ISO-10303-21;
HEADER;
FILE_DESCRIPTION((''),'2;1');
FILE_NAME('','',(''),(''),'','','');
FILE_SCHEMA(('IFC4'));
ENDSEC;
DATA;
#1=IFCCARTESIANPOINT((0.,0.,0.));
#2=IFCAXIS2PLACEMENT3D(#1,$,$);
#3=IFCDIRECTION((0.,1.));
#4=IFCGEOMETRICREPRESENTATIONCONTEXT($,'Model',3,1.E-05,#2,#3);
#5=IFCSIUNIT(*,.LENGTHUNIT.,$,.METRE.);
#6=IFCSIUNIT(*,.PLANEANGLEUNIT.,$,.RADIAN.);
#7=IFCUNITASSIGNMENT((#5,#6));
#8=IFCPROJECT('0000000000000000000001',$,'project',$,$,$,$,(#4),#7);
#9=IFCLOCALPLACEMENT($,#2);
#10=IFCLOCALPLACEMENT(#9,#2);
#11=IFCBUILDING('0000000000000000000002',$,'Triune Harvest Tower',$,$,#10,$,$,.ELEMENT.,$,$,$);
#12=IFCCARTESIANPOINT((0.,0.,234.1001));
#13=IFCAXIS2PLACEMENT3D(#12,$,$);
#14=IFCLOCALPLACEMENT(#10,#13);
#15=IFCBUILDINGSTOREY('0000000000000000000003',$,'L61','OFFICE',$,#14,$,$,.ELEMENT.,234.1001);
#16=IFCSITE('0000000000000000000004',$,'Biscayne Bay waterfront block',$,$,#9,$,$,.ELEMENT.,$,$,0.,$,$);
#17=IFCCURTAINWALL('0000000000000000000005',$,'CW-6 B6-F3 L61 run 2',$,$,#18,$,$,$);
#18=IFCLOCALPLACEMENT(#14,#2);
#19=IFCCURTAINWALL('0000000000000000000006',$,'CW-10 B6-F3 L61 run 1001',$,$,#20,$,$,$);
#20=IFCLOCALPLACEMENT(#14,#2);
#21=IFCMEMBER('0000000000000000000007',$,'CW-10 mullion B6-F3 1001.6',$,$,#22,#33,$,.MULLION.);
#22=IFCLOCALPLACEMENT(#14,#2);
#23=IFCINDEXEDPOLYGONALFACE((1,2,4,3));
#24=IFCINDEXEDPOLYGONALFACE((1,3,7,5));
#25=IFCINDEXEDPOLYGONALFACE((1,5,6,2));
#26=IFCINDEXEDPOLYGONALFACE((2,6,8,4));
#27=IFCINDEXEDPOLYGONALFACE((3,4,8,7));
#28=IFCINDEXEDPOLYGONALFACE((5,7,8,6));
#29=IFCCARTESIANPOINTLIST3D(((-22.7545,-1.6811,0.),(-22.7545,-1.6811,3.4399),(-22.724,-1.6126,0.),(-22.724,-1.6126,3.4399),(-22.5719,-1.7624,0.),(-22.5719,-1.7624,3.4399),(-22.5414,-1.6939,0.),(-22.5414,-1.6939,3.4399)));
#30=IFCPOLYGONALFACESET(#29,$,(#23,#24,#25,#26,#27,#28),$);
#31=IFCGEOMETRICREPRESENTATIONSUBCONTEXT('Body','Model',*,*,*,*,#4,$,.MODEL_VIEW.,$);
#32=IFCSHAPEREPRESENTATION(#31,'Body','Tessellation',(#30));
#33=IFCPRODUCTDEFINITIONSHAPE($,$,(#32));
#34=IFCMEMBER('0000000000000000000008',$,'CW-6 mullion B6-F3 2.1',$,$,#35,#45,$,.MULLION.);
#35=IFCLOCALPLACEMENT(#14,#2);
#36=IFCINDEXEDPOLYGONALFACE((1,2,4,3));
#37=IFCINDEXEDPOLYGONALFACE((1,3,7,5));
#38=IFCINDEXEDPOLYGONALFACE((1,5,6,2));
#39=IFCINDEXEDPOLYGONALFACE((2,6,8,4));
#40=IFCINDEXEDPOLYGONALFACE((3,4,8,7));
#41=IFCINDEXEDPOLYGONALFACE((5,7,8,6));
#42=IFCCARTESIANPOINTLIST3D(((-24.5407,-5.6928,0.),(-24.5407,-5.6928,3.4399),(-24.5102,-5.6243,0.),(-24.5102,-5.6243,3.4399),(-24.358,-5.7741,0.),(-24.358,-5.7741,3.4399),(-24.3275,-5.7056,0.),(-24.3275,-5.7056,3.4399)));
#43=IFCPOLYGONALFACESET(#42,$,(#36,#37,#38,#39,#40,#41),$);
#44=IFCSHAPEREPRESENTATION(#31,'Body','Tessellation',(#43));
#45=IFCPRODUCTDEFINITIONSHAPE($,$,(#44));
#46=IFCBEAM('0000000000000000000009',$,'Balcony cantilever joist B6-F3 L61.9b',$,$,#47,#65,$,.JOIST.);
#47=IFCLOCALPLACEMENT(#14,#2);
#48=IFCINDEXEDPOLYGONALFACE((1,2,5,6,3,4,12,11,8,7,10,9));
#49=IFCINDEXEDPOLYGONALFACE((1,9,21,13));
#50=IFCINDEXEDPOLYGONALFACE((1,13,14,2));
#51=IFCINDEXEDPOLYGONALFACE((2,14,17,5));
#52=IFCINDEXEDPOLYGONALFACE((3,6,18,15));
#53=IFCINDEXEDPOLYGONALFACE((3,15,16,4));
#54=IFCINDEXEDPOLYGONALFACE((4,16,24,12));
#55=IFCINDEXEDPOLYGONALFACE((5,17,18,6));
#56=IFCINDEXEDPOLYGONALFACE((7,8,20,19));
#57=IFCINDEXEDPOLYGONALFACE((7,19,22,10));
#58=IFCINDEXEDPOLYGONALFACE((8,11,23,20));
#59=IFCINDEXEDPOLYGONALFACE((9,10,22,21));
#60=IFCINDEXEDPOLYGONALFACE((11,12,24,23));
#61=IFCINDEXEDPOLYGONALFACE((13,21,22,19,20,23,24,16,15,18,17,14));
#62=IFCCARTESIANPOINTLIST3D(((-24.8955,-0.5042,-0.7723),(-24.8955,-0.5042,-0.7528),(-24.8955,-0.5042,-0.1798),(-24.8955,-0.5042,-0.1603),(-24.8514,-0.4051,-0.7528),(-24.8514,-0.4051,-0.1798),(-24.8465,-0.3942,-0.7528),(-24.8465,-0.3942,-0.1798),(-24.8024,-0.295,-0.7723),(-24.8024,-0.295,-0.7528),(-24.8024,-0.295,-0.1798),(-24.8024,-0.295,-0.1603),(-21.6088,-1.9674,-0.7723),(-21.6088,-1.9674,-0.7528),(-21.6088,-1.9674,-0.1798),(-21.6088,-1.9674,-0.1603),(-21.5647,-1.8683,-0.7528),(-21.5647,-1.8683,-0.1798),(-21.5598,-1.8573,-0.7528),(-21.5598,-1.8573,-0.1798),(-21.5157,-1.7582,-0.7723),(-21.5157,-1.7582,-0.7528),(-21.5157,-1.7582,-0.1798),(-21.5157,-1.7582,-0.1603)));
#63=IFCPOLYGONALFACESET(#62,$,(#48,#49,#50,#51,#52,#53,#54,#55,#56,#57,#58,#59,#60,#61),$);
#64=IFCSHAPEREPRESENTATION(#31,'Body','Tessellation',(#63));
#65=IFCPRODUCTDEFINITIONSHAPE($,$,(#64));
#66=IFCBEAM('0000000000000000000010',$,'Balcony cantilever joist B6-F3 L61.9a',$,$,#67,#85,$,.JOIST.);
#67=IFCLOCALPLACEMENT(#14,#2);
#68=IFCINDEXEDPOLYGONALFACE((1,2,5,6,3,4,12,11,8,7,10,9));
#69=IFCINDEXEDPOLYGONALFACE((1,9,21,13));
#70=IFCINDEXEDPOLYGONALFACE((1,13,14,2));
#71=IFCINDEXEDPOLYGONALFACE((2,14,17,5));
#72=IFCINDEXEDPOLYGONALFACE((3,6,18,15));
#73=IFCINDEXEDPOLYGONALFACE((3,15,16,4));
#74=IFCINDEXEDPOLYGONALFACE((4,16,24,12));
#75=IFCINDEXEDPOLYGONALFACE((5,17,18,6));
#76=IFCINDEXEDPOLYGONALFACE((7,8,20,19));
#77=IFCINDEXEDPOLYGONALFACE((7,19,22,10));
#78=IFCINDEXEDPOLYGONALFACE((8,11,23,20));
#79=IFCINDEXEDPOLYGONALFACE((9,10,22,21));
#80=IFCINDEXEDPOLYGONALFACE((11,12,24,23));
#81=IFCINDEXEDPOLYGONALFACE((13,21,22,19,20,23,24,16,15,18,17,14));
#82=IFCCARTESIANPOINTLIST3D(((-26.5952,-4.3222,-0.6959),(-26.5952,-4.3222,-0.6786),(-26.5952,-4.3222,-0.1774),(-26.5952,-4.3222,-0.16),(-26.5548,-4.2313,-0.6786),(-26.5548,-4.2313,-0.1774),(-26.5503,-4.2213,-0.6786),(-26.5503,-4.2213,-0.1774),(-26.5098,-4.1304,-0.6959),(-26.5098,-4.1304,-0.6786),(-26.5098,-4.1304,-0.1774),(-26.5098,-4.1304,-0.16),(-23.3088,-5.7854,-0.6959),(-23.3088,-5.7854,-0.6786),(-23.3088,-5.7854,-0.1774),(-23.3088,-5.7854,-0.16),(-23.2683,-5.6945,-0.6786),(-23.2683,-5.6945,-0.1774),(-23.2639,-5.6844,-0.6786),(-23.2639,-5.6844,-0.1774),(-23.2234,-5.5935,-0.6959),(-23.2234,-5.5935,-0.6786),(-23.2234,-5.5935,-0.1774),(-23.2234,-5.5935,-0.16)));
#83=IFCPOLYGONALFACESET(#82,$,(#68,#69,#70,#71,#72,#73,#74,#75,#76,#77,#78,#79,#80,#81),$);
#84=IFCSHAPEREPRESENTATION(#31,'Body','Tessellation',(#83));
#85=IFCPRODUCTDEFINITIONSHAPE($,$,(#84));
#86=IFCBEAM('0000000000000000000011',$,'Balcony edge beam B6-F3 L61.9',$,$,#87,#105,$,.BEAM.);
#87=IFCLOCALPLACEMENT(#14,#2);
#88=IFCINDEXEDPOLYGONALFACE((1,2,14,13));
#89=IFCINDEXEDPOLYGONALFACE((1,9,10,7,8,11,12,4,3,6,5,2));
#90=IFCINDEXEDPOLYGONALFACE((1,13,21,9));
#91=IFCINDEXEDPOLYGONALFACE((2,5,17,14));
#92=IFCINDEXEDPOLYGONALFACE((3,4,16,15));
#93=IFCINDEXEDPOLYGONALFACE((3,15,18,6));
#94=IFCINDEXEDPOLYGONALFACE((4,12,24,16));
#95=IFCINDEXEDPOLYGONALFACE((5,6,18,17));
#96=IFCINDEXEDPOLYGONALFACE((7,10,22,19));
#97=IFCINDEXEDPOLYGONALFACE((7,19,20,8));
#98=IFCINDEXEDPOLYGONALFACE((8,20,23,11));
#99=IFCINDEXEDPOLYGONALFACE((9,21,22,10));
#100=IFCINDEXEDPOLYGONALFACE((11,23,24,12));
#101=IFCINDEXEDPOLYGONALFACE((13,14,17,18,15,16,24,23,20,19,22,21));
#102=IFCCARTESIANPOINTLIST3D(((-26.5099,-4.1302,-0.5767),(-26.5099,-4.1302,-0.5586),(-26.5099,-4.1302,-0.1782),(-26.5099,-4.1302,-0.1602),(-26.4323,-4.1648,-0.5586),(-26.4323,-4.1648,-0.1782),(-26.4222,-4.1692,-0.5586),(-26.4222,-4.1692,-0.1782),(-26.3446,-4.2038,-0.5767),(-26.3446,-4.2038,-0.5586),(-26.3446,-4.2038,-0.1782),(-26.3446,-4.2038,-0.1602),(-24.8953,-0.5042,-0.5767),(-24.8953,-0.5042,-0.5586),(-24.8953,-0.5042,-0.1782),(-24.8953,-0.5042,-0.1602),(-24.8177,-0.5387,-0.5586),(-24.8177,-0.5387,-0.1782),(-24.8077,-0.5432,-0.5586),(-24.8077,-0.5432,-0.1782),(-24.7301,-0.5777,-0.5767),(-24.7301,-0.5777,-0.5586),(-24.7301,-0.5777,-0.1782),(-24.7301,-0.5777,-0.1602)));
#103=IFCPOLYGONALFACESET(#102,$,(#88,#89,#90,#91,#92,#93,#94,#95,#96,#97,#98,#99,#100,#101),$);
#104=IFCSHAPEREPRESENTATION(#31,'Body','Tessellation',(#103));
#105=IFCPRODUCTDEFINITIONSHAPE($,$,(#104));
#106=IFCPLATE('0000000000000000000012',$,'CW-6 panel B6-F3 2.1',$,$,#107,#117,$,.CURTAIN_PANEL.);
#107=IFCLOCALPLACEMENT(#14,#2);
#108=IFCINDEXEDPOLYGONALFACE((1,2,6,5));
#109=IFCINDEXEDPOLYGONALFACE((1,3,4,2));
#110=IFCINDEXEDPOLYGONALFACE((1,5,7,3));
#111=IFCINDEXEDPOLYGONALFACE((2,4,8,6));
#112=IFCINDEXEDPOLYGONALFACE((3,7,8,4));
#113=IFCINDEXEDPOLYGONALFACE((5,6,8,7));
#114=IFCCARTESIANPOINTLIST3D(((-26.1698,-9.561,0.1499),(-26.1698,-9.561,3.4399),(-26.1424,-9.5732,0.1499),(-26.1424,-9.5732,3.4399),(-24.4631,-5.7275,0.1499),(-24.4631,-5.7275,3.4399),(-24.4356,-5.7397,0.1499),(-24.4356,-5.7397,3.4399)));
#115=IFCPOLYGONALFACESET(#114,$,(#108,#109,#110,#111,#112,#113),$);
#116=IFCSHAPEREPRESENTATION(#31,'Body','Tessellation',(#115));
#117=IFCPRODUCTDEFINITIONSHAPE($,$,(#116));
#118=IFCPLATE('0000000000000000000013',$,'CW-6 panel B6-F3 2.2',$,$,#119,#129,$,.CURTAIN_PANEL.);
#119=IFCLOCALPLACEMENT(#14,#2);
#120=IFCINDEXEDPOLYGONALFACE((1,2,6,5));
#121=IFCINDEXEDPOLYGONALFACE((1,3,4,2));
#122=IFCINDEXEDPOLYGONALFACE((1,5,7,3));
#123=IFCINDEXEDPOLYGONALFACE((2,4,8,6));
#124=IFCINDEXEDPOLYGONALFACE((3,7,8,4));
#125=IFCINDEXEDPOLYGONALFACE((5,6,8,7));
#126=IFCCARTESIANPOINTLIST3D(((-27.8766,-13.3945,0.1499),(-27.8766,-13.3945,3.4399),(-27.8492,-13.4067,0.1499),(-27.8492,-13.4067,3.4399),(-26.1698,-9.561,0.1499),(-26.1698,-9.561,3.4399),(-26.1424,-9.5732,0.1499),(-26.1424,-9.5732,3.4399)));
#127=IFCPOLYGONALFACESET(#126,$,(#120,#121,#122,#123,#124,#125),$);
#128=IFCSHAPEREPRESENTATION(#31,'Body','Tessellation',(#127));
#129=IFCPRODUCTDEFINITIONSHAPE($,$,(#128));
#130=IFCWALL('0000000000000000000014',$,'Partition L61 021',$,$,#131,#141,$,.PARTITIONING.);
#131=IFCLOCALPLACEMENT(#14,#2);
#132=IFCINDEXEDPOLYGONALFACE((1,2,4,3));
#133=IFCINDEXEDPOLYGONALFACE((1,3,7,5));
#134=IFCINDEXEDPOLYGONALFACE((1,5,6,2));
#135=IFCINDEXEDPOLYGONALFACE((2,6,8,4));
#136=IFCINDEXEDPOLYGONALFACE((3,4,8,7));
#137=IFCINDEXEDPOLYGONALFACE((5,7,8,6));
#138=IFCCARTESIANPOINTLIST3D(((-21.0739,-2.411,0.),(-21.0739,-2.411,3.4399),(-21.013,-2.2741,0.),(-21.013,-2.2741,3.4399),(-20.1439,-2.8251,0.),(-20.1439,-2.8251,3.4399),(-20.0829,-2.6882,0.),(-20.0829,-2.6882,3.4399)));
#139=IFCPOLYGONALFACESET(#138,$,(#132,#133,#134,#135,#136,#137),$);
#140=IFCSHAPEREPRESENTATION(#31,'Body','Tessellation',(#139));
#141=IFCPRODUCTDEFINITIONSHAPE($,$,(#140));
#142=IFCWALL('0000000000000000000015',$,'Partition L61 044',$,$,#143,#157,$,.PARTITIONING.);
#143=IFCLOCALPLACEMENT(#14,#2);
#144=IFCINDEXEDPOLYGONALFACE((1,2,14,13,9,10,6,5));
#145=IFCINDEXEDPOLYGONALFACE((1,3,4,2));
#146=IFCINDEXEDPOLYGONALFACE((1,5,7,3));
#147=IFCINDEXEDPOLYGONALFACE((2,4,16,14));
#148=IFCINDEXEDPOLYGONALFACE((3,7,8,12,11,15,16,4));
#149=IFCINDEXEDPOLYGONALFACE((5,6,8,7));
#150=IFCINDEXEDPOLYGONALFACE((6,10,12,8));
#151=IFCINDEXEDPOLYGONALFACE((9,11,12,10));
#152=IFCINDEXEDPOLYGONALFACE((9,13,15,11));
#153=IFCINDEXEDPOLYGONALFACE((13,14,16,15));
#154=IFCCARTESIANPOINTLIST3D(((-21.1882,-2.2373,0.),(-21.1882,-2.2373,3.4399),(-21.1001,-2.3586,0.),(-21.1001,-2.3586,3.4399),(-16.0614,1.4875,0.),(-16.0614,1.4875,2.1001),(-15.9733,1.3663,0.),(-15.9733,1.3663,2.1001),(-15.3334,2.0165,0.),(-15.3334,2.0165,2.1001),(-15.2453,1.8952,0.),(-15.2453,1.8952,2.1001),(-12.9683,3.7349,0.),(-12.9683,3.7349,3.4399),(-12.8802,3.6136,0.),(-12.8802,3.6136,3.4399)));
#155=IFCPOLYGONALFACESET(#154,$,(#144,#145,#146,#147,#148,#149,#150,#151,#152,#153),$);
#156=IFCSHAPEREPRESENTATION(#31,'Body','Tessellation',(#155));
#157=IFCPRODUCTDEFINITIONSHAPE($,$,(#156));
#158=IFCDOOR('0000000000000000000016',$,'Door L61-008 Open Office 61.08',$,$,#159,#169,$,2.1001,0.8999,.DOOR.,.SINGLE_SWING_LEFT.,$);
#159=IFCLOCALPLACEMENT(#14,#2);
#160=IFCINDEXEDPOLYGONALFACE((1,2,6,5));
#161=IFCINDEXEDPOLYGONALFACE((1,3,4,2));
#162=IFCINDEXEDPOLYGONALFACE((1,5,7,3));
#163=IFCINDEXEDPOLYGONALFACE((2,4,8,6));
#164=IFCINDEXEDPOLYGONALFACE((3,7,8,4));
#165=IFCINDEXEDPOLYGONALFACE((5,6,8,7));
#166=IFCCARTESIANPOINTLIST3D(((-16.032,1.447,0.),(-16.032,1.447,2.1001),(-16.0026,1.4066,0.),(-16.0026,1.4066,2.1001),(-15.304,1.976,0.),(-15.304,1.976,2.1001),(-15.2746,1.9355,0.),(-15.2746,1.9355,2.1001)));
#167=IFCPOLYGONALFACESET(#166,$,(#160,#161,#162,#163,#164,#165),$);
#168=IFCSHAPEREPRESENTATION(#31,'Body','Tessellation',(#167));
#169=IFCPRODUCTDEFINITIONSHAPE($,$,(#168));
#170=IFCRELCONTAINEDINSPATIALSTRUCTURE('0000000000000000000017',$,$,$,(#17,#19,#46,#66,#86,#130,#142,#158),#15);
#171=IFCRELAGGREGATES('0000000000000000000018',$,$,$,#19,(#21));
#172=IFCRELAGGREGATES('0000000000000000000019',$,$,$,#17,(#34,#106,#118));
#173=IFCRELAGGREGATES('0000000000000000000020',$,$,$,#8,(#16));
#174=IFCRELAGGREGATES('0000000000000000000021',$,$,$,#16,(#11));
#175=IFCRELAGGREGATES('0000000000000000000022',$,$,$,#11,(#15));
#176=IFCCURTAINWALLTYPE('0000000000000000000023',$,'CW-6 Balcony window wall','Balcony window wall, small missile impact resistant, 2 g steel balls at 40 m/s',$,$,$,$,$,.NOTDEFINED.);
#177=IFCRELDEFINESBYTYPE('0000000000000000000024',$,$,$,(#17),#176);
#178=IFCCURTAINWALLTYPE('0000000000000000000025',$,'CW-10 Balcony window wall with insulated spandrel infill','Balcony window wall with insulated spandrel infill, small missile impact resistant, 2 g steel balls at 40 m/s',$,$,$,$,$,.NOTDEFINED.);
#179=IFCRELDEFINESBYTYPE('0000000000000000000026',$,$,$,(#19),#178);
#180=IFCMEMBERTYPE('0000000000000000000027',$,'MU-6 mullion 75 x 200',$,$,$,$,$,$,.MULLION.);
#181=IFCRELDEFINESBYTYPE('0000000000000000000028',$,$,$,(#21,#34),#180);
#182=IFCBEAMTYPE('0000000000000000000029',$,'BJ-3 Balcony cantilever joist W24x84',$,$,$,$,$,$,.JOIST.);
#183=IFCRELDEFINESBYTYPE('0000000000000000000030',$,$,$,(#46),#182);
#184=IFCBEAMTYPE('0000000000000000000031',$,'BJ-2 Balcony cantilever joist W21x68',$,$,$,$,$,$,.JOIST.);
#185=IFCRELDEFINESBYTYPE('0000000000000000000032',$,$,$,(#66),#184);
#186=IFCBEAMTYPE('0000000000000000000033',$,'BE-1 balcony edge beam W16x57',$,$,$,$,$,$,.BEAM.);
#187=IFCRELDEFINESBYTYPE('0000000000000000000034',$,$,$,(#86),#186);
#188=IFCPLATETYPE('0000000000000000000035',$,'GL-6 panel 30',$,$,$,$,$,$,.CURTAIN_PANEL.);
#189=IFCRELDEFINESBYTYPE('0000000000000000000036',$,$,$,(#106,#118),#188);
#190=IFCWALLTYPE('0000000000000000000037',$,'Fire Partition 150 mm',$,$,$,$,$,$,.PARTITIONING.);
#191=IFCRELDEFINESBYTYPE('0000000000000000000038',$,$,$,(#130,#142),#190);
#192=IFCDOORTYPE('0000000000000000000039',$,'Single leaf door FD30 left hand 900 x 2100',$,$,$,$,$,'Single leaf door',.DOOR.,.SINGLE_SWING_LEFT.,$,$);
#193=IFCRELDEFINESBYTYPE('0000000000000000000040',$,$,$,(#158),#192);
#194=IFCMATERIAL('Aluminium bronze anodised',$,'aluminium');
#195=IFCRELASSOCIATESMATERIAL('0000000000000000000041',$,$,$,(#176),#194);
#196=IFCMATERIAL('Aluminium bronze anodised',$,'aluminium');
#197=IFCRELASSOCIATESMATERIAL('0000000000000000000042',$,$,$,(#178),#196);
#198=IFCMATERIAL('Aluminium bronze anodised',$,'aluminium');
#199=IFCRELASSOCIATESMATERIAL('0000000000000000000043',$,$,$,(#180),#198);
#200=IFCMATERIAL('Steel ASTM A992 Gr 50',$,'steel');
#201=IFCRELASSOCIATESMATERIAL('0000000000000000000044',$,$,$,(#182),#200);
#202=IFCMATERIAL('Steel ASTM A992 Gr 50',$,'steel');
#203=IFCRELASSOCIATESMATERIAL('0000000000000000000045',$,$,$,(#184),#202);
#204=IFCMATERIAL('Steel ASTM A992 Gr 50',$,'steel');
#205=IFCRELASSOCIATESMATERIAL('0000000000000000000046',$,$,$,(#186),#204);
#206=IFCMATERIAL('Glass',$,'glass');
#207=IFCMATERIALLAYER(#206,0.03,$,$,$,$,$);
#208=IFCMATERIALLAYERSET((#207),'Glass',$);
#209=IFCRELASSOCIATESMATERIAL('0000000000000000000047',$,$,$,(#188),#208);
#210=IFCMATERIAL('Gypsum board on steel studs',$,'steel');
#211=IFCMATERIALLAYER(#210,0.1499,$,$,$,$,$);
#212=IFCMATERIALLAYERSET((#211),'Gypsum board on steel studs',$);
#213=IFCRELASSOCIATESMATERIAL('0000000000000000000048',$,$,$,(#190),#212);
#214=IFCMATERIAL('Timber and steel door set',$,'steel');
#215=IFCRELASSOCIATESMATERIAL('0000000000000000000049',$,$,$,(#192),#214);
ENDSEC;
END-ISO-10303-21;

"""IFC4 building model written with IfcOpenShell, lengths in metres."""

from ifc_helpers import new_model, si_unit, direction, frame, frame_2d, origin, origin_2d, place, context, subcontext, project, spatial, rectangle, i_section, extrude, source, transform, mapped, material, layer, layer_set, material_profile, profile_set, type_object, element, fill, aggregate, save


model = new_model("IFC4")

# Units and contexts
model_context = context("Model", 3, precision=1e-05, world=origin(), true_north=direction((0.0, 1.0)))
body_context = subcontext(model_context, "Body", "Model", "MODEL_VIEW")
ifc_project = project(units=[si_unit("LENGTHUNIT", "METRE"), si_unit("PLANEANGLEUNIT", "RADIAN")], contexts=[model_context])

# Site, building, storey
site_placement = place(None, origin())
site = spatial("IfcSite", under=ifc_project, at=site_placement, Name="Biscayne Bay waterfront block", CompositionType="ELEMENT", RefElevation=0.0)
building_placement = place(site_placement, origin())
building = spatial("IfcBuilding", under=site, at=building_placement, Name="Triune Harvest Tower", CompositionType="ELEMENT")
storey_placement = place(building_placement, frame((0.0, 0.0, 234.1001)))
storey = spatial("IfcBuildingStorey", under=building, at=storey_placement, Name="L61", Description="OFFICE", CompositionType="ELEMENT", Elevation=234.1001)

# Curtain wall
ifc_material_1 = material(Name="Aluminium bronze anodised", Category="aluminium")
curtain_wall_type_1 = type_object("IfcCurtainWallType", Name="CW-6 Balcony window wall", Description="Balcony window wall, small missile impact resistant, 2 g steel balls at 40 m/s", PredefinedType="NOTDEFINED", material=ifc_material_1)
curtain_wall_1_placement = place(storey_placement, origin())
curtain_wall_1 = element("IfcCurtainWall", 1, at=curtain_wall_1_placement, inside=storey, type_object=curtain_wall_type_1, Name="CW-6 B6-F3 L61 run 2")

# Curtain wall, member
ifc_material_2 = material(Name="Aluminium bronze anodised", Category="aluminium")
curtain_wall_type_2 = type_object("IfcCurtainWallType", Name="CW-10 Balcony window wall with insulated spandrel infill", Description="Balcony window wall with insulated spandrel infill, small missile impact resistant, 2 g steel balls at 40 m/s", PredefinedType="NOTDEFINED", material=ifc_material_2)
curtain_wall_2_placement = place(storey_placement, origin())
curtain_wall_2 = element("IfcCurtainWall", 2, at=curtain_wall_2_placement, inside=storey, type_object=curtain_wall_type_2, Name="CW-10 B6-F3 L61 run 1001")
ifc_material_3 = material(Name="Aluminium bronze anodised", Category="aluminium")
ifc_material_profile_1 = material_profile(ifc_material_3, rectangle(XDim=0.2, YDim=0.075, at=origin_2d()), Name="MU-6 mullion 75 x 200")
ifc_profile_set_1 = profile_set([ifc_material_profile_1], Name="Aluminium bronze anodised")
member_type_1 = type_object("IfcMemberType", Name="MU-6 mullion 75 x 200", PredefinedType="MULLION", material=ifc_profile_set_1)
shared_shape_1 = source(origin(), body_context, "Body", "SweptSolid", [
    extrude(rectangle(XDim=0.2, YDim=0.075, at=origin_2d()), origin(), (0.0, 0.0, 1.0), 3.4399),
])
member_1_placement = place(storey_placement, frame((-22.6479, -1.6875, 0.0), z_axis=(0.0, 0.0, 1.0), x_axis=(0.913545, -0.406737, 0.0)))
member_1 = element("IfcMember", 3, at=member_1_placement, type_object=member_type_1, Name="CW-10 mullion B6-F3 1001.6", PredefinedType="MULLION", context=body_context, shape_type="MappedRepresentation", body=[
    mapped(shared_shape_1, transform((0.0, 0.0, 0.0), scale=1.0)),
])
aggregate(curtain_wall_2, [member_1])

# Member
member_2_placement = place(storey_placement, frame((-24.4341, -5.6992, 0.0), z_axis=(0.0, 0.0, 1.0), x_axis=(0.913545, -0.406738, 0.0)))
member_2 = element("IfcMember", 4, at=member_2_placement, type_object=member_type_1, Name="CW-6 mullion B6-F3 2.1", PredefinedType="MULLION", context=body_context, shape_type="MappedRepresentation", body=[
    mapped(shared_shape_1, transform((0.0, 0.0, 0.0), scale=1.0)),
])

# Beams
ifc_material_4 = material(Name="Steel ASTM A992 Gr 50", Category="steel")
ifc_material_profile_2 = material_profile(ifc_material_4, i_section(OverallWidth=0.229, OverallDepth=0.6121, WebThickness=0.012, FlangeThickness=0.0195, at=origin_2d()), Name="W24x84")
ifc_profile_set_2 = profile_set([ifc_material_profile_2], Name="Steel ASTM A992 Gr 50")
beam_type_1 = type_object("IfcBeamType", Name="BJ-3 Balcony cantilever joist W24x84", PredefinedType="JOIST", material=ifc_profile_set_2)
shared_shape_2 = source(origin(), body_context, "Body", "SweptSolid", [
    extrude(i_section(OverallWidth=0.229, OverallDepth=0.6121, WebThickness=0.012, FlangeThickness=0.0195, at=origin_2d()), origin(), (0.0, 0.0, 1.0), 3.5977),
])
beam_1_placement = place(storey_placement, frame((-21.5623, -1.8628, -0.4663), z_axis=(-0.913562, 0.406699, 0.0), x_axis=(-0.406699, -0.913562, 0.0)))
element("IfcBeam", 5, at=beam_1_placement, inside=storey, type_object=beam_type_1, Name="Balcony cantilever joist B6-F3 L61.9b", PredefinedType="JOIST", context=body_context, shape_type="MappedRepresentation", body=[
    mapped(shared_shape_2, transform((0.0, 0.0, 0.0), scale=1.0)),
])
ifc_material_5 = material(Name="Steel ASTM A992 Gr 50", Category="steel")
ifc_material_profile_3 = material_profile(ifc_material_5, i_section(OverallWidth=0.21, OverallDepth=0.5359, WebThickness=0.011, FlangeThickness=0.0173, at=origin_2d()), Name="W21x68")
ifc_profile_set_3 = profile_set([ifc_material_profile_3], Name="Steel ASTM A992 Gr 50")
beam_type_2 = type_object("IfcBeamType", Name="BJ-2 Balcony cantilever joist W21x68", PredefinedType="JOIST", material=ifc_profile_set_3)
shared_shape_3 = source(origin(), body_context, "Body", "SweptSolid", [
    extrude(i_section(OverallWidth=0.21, OverallDepth=0.5359, WebThickness=0.011, FlangeThickness=0.0173, at=origin_2d()), origin(), (0.0, 0.0, 1.0), 3.5974),
])
beam_2_placement = place(storey_placement, frame((-23.2661, -5.6895, -0.428), z_axis=(-0.913551, 0.406724, 0.0), x_axis=(-0.406724, -0.913551, 0.0)))
element("IfcBeam", 6, at=beam_2_placement, inside=storey, type_object=beam_type_2, Name="Balcony cantilever joist B6-F3 L61.9a", PredefinedType="JOIST", context=body_context, shape_type="MappedRepresentation", body=[
    mapped(shared_shape_3, transform((0.0, 0.0, 0.0), scale=1.0)),
])
ifc_material_6 = material(Name="Steel ASTM A992 Gr 50", Category="steel")
ifc_material_profile_4 = material_profile(ifc_material_6, i_section(OverallWidth=0.1809, OverallDepth=0.4165, WebThickness=0.011, FlangeThickness=0.0181, at=origin_2d()), Name="W16x57")
ifc_profile_set_4 = profile_set([ifc_material_profile_4], Name="Steel ASTM A992 Gr 50")
beam_type_3 = type_object("IfcBeamType", Name="BE-1 balcony edge beam W16x57", PredefinedType="BEAM", material=ifc_profile_set_4)
shared_shape_4 = source(origin(), body_context, "Body", "SweptSolid", [
    extrude(i_section(OverallWidth=0.1809, OverallDepth=0.4165, WebThickness=0.011, FlangeThickness=0.0181, at=origin_2d()), origin(), (0.0, 0.0, 1.0), 3.9692),
])
beam_3_placement = place(storey_placement, frame((-26.4272, -4.167, -0.3684), z_axis=(0.40676, 0.913535, 0.0), x_axis=(-0.913535, 0.40676, 0.0)))
element("IfcBeam", 7, at=beam_3_placement, inside=storey, type_object=beam_type_3, Name="Balcony edge beam B6-F3 L61.9", PredefinedType="BEAM", context=body_context, shape_type="MappedRepresentation", body=[
    mapped(shared_shape_4, transform((0.0, 0.0, 0.0), scale=1.0)),
])

# Plates
ifc_material_7 = material(Name="Glass", Category="glass")
ifc_layer_1 = layer(ifc_material_7, 0.03)
ifc_layer_set_1 = layer_set([ifc_layer_1], Name="Glass")
plate_type = type_object("IfcPlateType", Name="GL-6 panel 30", PredefinedType="CURTAIN_PANEL", material=ifc_layer_set_1)
shared_shape_5 = source(origin(), body_context, "Body", "SweptSolid", [
    extrude(rectangle(XDim=4.1963, YDim=0.03, at=origin_2d()), origin(), (0.0, 0.0, 1.0), 3.29),
])
plate_1_placement = place(storey_placement, frame((-25.3027, -7.6504, 0.1499), z_axis=(0.0, 0.0, 1.0), x_axis=(-0.406738, -0.913545, 0.0)))
plate_1 = element("IfcPlate", 8, at=plate_1_placement, type_object=plate_type, Name="CW-6 panel B6-F3 2.1", PredefinedType="CURTAIN_PANEL", context=body_context, shape_type="MappedRepresentation", body=[
    mapped(shared_shape_5, transform((0.0, 0.0, 0.0), scale=1.0)),
])
plate_2_placement = place(storey_placement, frame((-27.0095, -11.4839, 0.1499), z_axis=(0.0, 0.0, 1.0), x_axis=(-0.406738, -0.913545, 0.0)))
plate_2 = element("IfcPlate", 9, at=plate_2_placement, type_object=plate_type, Name="CW-6 panel B6-F3 2.2", PredefinedType="CURTAIN_PANEL", context=body_context, shape_type="MappedRepresentation", body=[
    mapped(shared_shape_5, transform((0.0, 0.0, 0.0), scale=1.0)),
])
aggregate(curtain_wall_1, [member_2, plate_1, plate_2])

# Wall
ifc_material_8 = material(Name="Gypsum board on steel studs", Category="steel")
ifc_layer_2 = layer(ifc_material_8, 0.1499)
ifc_layer_set_2 = layer_set([ifc_layer_2], Name="Gypsum board on steel studs")
wall_type_1 = type_object("IfcWallType", Name="Fire Partition 150 mm", PredefinedType="PARTITIONING", material=ifc_layer_set_2)
wall_1_placement = place(storey_placement, frame((-21.0435, -2.3425, 0.0), z_axis=(0.0, 0.0, 1.0), x_axis=(0.913534, -0.406761, 0.0)))
element("IfcWall", 10, at=wall_1_placement, inside=storey, type_object=wall_type_1, Name="Partition L61 021", PredefinedType="PARTITIONING", context=body_context, shape_type="SweptSolid", body=[
    extrude(rectangle(XDim=1.0181, YDim=0.1499, at=frame_2d((0.509, 0.0))), origin(), (0.0, 0.0, 1.0), 3.4399),
])

# Wall, opening, door
wall_2_placement = place(storey_placement, frame((-21.144, -2.2979, 0.0), z_axis=(0.0, 0.0, 1.0), x_axis=(0.809017, 0.587786, 0.0)))
wall_2 = element("IfcWall", 11, at=wall_2_placement, inside=storey, type_object=wall_type_1, Name="Partition L61 044", PredefinedType="PARTITIONING", context=body_context, shape_type="SweptSolid", body=[
    extrude(rectangle(XDim=10.1604, YDim=0.1499, at=frame_2d((5.0801, 0.0))), origin(), (0.0, 0.0, 1.0), 3.4399),
])
opening_1_placement = place(wall_2_placement, frame((6.3369, 0.0, 0.0)))
opening_1 = element("IfcOpeningElement", 12, at=opening_1_placement, cuts=wall_2, PredefinedType="OPENING", context=body_context, shape_type="SweptSolid", body=[
    extrude(rectangle(XDim=0.8999, YDim=2.1001, at=frame_2d((0.45, 1.05))), frame((0.0, 0.085, 0.0), z_axis=(0.0, -1.0, 0.0), x_axis=(1.0, 0.0, 0.0)), (0.0, 0.0, 1.0), 0.1699),
])
ifc_material_9 = material(Name="Timber and steel door set", Category="steel")
door_type_1 = type_object("IfcDoorType", Name="Single leaf door FD30 left hand 900 x 2100", ElementType="Single leaf door", OperationType="SINGLE_SWING_LEFT", PredefinedType="DOOR", material=ifc_material_9)
door_1_placement = place(opening_1_placement, origin())
door_1 = element("IfcDoor", 13, at=door_1_placement, inside=storey, type_object=door_type_1, Name="Door L61-008 Open Office 61.08", OperationType="SINGLE_SWING_LEFT", OverallHeight=2.1001, OverallWidth=0.8999, PredefinedType="DOOR", context=body_context, shape_type="SweptSolid", body=[
    extrude(rectangle(XDim=0.8999, YDim=2.1001, at=frame_2d((0.45, 1.05))), frame((0.0, 0.0249, 0.0), z_axis=(0.0, -1.0, 0.0), x_axis=(1.0, 0.0, 0.0)), (0.0, 0.0, 1.0), 0.05),
])
fill(opening_1, door_1)

save(model, "model.ifc")
